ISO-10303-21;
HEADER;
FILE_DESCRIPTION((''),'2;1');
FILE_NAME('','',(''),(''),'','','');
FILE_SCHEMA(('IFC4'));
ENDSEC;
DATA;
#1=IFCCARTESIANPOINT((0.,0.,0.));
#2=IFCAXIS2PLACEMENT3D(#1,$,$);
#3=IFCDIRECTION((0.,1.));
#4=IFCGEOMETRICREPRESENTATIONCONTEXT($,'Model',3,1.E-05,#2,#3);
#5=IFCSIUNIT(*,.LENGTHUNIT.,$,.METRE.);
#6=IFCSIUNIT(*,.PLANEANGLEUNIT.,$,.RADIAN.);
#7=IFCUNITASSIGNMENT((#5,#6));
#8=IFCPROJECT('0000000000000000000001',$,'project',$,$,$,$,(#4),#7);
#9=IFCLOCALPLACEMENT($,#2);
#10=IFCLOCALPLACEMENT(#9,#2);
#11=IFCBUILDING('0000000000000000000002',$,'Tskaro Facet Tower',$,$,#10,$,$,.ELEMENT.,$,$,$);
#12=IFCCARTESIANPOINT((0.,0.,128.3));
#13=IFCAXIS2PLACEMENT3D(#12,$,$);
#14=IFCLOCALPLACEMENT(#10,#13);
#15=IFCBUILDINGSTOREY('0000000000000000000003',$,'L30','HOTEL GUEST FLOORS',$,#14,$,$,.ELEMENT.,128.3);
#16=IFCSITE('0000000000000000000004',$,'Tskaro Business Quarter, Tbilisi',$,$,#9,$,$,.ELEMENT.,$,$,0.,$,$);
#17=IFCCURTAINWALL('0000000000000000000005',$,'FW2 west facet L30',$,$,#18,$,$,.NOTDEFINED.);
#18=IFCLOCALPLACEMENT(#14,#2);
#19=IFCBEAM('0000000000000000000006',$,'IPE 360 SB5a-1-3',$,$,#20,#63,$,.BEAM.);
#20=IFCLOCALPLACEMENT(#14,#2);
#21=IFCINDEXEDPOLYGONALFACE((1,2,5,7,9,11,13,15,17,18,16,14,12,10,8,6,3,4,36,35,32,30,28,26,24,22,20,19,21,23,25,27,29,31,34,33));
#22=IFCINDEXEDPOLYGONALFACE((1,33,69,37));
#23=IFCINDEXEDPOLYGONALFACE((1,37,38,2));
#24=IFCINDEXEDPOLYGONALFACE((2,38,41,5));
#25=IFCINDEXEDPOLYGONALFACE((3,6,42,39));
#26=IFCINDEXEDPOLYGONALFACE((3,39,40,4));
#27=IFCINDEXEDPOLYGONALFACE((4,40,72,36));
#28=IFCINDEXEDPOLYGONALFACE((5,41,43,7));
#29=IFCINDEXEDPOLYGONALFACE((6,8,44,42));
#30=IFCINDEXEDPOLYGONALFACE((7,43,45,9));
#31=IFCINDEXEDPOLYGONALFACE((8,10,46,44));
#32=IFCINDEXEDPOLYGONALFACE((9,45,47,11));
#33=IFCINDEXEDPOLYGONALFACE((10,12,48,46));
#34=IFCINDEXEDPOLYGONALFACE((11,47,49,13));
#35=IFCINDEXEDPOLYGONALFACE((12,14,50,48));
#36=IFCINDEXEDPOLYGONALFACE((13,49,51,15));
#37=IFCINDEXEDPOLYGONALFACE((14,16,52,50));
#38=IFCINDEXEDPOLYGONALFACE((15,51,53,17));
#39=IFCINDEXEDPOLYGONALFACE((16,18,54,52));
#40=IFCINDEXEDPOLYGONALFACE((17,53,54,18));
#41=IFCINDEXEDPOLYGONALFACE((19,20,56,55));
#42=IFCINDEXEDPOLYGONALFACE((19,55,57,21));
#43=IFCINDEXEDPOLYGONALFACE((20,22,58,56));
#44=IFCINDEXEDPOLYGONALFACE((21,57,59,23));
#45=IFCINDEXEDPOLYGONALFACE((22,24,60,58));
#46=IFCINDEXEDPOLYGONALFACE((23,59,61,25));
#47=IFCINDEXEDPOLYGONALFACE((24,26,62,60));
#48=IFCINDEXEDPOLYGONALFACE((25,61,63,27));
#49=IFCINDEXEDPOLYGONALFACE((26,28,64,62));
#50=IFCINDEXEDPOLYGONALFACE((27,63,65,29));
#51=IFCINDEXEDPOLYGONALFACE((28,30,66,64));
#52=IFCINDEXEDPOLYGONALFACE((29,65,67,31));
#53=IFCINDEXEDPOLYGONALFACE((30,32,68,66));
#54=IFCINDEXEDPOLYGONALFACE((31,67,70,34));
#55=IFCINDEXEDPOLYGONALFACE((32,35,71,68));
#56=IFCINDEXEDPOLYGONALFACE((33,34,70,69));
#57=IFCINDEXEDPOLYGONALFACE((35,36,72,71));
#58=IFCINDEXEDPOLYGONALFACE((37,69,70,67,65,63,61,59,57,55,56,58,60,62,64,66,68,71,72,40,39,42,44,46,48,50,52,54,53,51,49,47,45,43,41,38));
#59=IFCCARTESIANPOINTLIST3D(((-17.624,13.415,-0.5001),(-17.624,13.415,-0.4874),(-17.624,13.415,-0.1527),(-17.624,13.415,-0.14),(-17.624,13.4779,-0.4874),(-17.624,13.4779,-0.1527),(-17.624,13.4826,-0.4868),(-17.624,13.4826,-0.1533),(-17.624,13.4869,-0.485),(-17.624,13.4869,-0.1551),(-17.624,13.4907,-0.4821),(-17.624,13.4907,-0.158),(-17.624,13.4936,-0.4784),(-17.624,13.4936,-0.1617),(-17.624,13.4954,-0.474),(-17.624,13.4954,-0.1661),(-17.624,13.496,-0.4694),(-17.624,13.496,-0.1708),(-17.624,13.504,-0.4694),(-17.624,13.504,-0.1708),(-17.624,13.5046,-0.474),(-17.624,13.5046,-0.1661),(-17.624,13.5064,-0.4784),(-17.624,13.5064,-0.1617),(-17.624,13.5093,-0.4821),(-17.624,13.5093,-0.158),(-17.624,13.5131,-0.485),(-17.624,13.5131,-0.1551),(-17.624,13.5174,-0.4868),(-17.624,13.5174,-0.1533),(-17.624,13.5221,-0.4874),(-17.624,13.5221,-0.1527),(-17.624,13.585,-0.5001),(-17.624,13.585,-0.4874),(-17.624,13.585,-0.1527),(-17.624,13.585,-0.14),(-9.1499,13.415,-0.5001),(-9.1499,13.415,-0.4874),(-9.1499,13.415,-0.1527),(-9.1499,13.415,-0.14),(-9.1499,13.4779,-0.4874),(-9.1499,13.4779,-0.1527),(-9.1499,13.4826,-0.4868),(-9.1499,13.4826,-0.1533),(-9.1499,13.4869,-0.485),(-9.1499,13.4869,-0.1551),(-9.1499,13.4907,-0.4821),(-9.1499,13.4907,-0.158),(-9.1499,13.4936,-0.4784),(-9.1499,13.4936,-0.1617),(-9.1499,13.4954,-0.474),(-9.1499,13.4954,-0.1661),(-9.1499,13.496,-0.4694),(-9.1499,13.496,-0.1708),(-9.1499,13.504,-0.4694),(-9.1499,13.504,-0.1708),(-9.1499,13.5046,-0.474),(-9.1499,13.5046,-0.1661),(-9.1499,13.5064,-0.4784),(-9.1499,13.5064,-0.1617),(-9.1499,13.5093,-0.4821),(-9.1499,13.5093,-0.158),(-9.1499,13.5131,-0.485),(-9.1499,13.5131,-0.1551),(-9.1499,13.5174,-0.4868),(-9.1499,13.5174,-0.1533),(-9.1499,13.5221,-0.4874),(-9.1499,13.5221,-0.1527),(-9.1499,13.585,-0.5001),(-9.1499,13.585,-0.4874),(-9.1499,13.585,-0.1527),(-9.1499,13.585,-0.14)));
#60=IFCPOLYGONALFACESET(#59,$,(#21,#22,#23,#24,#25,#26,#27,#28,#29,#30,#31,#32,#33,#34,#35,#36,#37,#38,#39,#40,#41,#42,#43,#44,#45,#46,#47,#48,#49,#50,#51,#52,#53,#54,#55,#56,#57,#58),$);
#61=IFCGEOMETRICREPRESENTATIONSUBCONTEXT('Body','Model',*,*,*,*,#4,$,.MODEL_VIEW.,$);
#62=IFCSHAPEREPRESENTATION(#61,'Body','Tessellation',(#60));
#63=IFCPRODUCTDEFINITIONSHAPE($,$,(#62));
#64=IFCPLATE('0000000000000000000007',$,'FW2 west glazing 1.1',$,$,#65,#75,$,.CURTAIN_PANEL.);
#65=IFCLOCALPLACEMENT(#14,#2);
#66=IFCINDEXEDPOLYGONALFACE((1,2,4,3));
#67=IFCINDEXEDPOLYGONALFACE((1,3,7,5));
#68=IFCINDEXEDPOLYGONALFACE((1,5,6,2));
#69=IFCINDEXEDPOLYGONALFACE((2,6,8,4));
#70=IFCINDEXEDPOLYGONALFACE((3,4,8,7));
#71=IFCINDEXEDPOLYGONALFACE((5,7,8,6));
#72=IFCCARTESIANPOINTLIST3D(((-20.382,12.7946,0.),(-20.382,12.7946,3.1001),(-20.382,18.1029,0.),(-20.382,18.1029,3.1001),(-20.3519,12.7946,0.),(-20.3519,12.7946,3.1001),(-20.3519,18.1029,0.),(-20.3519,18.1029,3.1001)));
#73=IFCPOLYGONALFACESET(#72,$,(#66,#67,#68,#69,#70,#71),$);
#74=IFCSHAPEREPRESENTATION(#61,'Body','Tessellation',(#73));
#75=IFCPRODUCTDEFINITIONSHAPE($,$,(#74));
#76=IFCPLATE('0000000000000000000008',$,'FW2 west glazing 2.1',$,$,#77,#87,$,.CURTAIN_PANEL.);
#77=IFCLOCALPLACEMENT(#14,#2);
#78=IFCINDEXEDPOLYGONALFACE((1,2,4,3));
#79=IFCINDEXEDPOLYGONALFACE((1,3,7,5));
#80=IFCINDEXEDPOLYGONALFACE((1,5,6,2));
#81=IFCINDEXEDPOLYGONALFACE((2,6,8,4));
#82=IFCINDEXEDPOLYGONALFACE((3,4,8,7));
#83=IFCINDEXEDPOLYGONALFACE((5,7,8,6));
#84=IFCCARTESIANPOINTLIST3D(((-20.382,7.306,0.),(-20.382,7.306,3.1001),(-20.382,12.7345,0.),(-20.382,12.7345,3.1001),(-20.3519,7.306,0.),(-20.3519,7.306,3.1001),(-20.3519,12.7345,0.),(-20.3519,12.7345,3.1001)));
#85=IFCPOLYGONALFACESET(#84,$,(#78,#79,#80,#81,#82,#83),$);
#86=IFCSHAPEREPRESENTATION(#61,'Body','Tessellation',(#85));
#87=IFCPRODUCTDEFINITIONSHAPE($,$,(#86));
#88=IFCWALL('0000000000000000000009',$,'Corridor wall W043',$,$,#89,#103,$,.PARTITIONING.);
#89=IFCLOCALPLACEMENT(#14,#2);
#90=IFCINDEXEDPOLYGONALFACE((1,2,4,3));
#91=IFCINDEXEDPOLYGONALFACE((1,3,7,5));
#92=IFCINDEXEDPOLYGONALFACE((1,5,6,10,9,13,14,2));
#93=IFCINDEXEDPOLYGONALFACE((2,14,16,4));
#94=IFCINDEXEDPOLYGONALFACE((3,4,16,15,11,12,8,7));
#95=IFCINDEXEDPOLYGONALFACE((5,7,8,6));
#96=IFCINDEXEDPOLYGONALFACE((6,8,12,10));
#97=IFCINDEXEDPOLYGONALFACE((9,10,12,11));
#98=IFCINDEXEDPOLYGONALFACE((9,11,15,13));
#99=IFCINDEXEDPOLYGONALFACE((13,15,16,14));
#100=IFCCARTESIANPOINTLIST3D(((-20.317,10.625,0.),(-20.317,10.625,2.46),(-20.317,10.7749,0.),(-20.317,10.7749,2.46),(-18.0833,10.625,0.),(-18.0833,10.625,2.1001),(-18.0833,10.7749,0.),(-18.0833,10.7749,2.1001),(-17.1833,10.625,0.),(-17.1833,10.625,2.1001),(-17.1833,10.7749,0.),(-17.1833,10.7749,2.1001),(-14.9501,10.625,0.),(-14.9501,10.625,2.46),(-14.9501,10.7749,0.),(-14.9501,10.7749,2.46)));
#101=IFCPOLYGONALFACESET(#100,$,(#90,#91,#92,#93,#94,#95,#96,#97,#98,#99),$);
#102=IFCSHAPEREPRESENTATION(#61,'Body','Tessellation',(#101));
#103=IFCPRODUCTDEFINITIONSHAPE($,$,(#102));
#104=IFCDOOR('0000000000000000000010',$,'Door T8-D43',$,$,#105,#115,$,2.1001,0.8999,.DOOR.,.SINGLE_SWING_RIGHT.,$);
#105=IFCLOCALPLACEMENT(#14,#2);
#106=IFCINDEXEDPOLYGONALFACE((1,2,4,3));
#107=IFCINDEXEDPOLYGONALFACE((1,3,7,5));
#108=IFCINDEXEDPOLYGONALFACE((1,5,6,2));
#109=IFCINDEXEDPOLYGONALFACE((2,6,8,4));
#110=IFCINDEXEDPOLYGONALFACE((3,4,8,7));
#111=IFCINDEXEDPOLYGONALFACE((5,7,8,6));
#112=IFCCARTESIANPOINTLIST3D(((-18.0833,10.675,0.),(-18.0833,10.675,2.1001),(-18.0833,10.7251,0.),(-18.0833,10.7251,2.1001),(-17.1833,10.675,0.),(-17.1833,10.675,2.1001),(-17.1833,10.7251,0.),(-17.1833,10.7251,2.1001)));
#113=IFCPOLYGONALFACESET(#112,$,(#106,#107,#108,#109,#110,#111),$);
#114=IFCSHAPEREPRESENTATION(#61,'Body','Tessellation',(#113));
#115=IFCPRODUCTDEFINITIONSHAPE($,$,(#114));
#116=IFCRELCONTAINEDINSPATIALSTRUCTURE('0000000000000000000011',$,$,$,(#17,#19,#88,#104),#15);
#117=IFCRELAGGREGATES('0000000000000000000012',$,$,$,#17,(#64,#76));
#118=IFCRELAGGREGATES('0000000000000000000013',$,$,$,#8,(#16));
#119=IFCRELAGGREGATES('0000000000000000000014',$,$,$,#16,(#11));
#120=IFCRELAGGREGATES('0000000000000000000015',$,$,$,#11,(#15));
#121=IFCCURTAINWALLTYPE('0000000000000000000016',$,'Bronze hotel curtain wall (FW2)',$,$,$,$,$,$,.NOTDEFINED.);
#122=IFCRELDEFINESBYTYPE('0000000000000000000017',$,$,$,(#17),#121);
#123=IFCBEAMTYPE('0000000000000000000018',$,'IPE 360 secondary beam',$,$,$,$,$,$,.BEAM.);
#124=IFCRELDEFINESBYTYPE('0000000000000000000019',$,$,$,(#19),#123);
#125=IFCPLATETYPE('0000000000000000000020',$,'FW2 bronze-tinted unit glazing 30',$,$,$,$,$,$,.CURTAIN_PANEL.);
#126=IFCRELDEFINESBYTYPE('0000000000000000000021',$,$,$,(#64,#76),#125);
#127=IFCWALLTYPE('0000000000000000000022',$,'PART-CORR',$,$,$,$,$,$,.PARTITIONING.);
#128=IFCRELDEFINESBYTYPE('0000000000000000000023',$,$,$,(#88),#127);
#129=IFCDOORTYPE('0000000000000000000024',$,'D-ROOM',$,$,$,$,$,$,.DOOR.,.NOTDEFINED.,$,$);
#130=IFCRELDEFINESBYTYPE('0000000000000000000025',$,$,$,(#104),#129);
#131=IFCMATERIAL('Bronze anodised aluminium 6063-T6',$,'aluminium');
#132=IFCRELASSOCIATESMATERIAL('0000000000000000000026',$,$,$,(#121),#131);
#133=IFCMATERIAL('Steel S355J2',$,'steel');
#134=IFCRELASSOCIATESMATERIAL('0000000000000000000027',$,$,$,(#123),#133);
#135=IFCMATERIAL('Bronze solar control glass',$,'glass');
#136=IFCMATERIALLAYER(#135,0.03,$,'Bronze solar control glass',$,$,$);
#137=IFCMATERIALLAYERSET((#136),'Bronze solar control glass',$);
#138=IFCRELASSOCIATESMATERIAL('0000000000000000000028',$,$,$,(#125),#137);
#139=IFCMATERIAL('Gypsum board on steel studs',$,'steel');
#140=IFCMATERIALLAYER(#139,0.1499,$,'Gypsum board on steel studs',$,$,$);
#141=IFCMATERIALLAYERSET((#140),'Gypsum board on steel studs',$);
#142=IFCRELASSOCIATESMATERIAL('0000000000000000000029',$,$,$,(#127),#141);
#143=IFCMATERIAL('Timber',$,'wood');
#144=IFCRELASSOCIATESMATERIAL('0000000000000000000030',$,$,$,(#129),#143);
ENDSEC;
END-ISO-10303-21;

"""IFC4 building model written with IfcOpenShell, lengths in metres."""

from ifc_helpers import new_model, si_unit, direction, frame, frame_2d, origin, origin_2d, place, context, subcontext, project, spatial, rectangle, i_section, extrude, material, layer, layer_set, material_profile, profile_set, type_object, element, fill, aggregate, save


model = new_model("IFC4")

# Units and contexts
model_context = context("Model", 3, precision=1e-05, world=origin(), true_north=direction((0.0, 1.0)))
body_context = subcontext(model_context, "Body", "Model", "MODEL_VIEW")
ifc_project = project(units=[si_unit("LENGTHUNIT", "METRE"), si_unit("PLANEANGLEUNIT", "RADIAN")], contexts=[model_context])

# Site, building, storey
site_placement = place(None, origin())
site = spatial("IfcSite", under=ifc_project, at=site_placement, Name="Tskaro Business Quarter, Tbilisi", CompositionType="ELEMENT", RefElevation=0.0)
building_placement = place(site_placement, origin())
building = spatial("IfcBuilding", under=site, at=building_placement, Name="Tskaro Facet Tower", CompositionType="ELEMENT")
storey_placement = place(building_placement, frame((0.0, 0.0, 128.3)))
storey = spatial("IfcBuildingStorey", under=building, at=storey_placement, Name="L30", Description="HOTEL GUEST FLOORS", CompositionType="ELEMENT", Elevation=128.3)

# Curtain wall
ifc_material_1 = material(Name="Bronze anodised aluminium 6063-T6", Category="aluminium")
curtain_wall_type = type_object("IfcCurtainWallType", Name="Bronze hotel curtain wall (FW2)", PredefinedType="NOTDEFINED", material=ifc_material_1)
curtain_wall_placement = place(storey_placement, origin())
curtain_wall = element("IfcCurtainWall", 1, at=curtain_wall_placement, inside=storey, type_object=curtain_wall_type, Name="FW2 west facet L30", PredefinedType="NOTDEFINED")

# Beam
ifc_material_2 = material(Name="Steel S355J2", Category="steel")
ifc_material_profile_1 = material_profile(ifc_material_2, i_section(OverallWidth=0.1699, OverallDepth=0.3601, WebThickness=0.0081, FlangeThickness=0.0127, FilletRadius=0.0181, at=origin_2d()), Name="IPE 360")
ifc_profile_set_1 = profile_set([ifc_material_profile_1], Name="Steel S355J2")
beam_type_1 = type_object("IfcBeamType", Name="IPE 360 secondary beam", PredefinedType="BEAM", material=ifc_profile_set_1)
beam_1_placement = place(storey_placement, frame((-17.624, 13.5, -0.3201), z_axis=(1.0, 0.0, 0.0), x_axis=(0.0, 1.0, 0.0)))
element("IfcBeam", 2, at=beam_1_placement, inside=storey, type_object=beam_type_1, Name="IPE 360 SB5a-1-3", PredefinedType="BEAM", context=body_context, shape_type="SweptSolid", body=[
    extrude(i_section(OverallWidth=0.1699, OverallDepth=0.3601, WebThickness=0.0081, FlangeThickness=0.0127, FilletRadius=0.0181, at=origin_2d()), origin(), (0.0, 0.0, 1.0), 8.4741),
])

# Plates
ifc_material_3 = material(Name="Bronze solar control glass", Category="glass")
ifc_layer_1 = layer(ifc_material_3, 0.03, Name="Bronze solar control glass")
ifc_layer_set_1 = layer_set([ifc_layer_1], Name="Bronze solar control glass")
plate_type = type_object("IfcPlateType", Name="FW2 bronze-tinted unit glazing 30", PredefinedType="CURTAIN_PANEL", material=ifc_layer_set_1)
plate_1_placement = place(storey_placement, frame((-20.3669, 15.4487, 0.0), z_axis=(0.0, 0.0, 1.0), x_axis=(0.0, -1.0, 0.0)))
plate_1 = element("IfcPlate", 3, at=plate_1_placement, type_object=plate_type, Name="FW2 west glazing 1.1", PredefinedType="CURTAIN_PANEL", context=body_context, shape_type="SweptSolid", body=[
    extrude(rectangle(XDim=5.3083, YDim=0.03, at=origin_2d()), origin(), (0.0, 0.0, 1.0), 3.1001),
])
plate_2_placement = place(storey_placement, frame((-20.3669, 10.0203, 0.0), z_axis=(0.0, 0.0, 1.0), x_axis=(0.0, -1.0, 0.0)))
plate_2 = element("IfcPlate", 4, at=plate_2_placement, type_object=plate_type, Name="FW2 west glazing 2.1", PredefinedType="CURTAIN_PANEL", context=body_context, shape_type="SweptSolid", body=[
    extrude(rectangle(XDim=5.4285, YDim=0.03, at=origin_2d()), origin(), (0.0, 0.0, 1.0), 3.1001),
])
aggregate(curtain_wall, [plate_1, plate_2])

# Wall, opening, door
ifc_material_4 = material(Name="Gypsum board on steel studs", Category="steel")
ifc_layer_2 = layer(ifc_material_4, 0.1499, Name="Gypsum board on steel studs")
ifc_layer_set_2 = layer_set([ifc_layer_2], Name="Gypsum board on steel studs")
wall_type = type_object("IfcWallType", Name="PART-CORR", PredefinedType="PARTITIONING", material=ifc_layer_set_2)
wall_1_placement = place(storey_placement, frame((-14.95, 10.7, 0.0), z_axis=(0.0, 0.0, 1.0), x_axis=(-1.0, 0.0, 0.0)))
wall_1 = element("IfcWall", 5, at=wall_1_placement, inside=storey, type_object=wall_type, Name="Corridor wall W043", PredefinedType="PARTITIONING", context=body_context, shape_type="SweptSolid", body=[
    extrude(rectangle(XDim=5.3669, YDim=0.1499, at=frame_2d((2.6836, 0.0))), origin(), (0.0, 0.0, 1.0), 2.46),
])
opening_1_placement = place(wall_1_placement, frame((2.2334, 0.0, 0.0)))
opening_1 = element("IfcOpeningElement", 6, at=opening_1_placement, cuts=wall_1, PredefinedType="OPENING", context=body_context, shape_type="SweptSolid", body=[
    extrude(rectangle(XDim=0.8999, YDim=2.1001, at=frame_2d((0.45, 1.05))), frame((0.0, 0.085, 0.0), z_axis=(0.0, -1.0, 0.0), x_axis=(1.0, 0.0, 0.0)), (0.0, 0.0, 1.0), 0.1699),
])
ifc_material_5 = material(Name="Timber", Category="wood")
door_type_1 = type_object("IfcDoorType", Name="D-ROOM", OperationType="NOTDEFINED", PredefinedType="DOOR", material=ifc_material_5)
door_1_placement = place(opening_1_placement, origin())
door_1 = element("IfcDoor", 7, at=door_1_placement, inside=storey, type_object=door_type_1, Name="Door T8-D43", OperationType="SINGLE_SWING_RIGHT", OverallHeight=2.1001, OverallWidth=0.8999, PredefinedType="DOOR", context=body_context, shape_type="SweptSolid", body=[
    extrude(rectangle(XDim=0.8999, YDim=2.1001, at=frame_2d((0.45, 1.05))), frame((0.0, 0.0249, 0.0), z_axis=(0.0, -1.0, 0.0), x_axis=(1.0, 0.0, 0.0)), (0.0, 0.0, 1.0), 0.05),
])
fill(opening_1, door_1)

save(model, "model.ifc")
